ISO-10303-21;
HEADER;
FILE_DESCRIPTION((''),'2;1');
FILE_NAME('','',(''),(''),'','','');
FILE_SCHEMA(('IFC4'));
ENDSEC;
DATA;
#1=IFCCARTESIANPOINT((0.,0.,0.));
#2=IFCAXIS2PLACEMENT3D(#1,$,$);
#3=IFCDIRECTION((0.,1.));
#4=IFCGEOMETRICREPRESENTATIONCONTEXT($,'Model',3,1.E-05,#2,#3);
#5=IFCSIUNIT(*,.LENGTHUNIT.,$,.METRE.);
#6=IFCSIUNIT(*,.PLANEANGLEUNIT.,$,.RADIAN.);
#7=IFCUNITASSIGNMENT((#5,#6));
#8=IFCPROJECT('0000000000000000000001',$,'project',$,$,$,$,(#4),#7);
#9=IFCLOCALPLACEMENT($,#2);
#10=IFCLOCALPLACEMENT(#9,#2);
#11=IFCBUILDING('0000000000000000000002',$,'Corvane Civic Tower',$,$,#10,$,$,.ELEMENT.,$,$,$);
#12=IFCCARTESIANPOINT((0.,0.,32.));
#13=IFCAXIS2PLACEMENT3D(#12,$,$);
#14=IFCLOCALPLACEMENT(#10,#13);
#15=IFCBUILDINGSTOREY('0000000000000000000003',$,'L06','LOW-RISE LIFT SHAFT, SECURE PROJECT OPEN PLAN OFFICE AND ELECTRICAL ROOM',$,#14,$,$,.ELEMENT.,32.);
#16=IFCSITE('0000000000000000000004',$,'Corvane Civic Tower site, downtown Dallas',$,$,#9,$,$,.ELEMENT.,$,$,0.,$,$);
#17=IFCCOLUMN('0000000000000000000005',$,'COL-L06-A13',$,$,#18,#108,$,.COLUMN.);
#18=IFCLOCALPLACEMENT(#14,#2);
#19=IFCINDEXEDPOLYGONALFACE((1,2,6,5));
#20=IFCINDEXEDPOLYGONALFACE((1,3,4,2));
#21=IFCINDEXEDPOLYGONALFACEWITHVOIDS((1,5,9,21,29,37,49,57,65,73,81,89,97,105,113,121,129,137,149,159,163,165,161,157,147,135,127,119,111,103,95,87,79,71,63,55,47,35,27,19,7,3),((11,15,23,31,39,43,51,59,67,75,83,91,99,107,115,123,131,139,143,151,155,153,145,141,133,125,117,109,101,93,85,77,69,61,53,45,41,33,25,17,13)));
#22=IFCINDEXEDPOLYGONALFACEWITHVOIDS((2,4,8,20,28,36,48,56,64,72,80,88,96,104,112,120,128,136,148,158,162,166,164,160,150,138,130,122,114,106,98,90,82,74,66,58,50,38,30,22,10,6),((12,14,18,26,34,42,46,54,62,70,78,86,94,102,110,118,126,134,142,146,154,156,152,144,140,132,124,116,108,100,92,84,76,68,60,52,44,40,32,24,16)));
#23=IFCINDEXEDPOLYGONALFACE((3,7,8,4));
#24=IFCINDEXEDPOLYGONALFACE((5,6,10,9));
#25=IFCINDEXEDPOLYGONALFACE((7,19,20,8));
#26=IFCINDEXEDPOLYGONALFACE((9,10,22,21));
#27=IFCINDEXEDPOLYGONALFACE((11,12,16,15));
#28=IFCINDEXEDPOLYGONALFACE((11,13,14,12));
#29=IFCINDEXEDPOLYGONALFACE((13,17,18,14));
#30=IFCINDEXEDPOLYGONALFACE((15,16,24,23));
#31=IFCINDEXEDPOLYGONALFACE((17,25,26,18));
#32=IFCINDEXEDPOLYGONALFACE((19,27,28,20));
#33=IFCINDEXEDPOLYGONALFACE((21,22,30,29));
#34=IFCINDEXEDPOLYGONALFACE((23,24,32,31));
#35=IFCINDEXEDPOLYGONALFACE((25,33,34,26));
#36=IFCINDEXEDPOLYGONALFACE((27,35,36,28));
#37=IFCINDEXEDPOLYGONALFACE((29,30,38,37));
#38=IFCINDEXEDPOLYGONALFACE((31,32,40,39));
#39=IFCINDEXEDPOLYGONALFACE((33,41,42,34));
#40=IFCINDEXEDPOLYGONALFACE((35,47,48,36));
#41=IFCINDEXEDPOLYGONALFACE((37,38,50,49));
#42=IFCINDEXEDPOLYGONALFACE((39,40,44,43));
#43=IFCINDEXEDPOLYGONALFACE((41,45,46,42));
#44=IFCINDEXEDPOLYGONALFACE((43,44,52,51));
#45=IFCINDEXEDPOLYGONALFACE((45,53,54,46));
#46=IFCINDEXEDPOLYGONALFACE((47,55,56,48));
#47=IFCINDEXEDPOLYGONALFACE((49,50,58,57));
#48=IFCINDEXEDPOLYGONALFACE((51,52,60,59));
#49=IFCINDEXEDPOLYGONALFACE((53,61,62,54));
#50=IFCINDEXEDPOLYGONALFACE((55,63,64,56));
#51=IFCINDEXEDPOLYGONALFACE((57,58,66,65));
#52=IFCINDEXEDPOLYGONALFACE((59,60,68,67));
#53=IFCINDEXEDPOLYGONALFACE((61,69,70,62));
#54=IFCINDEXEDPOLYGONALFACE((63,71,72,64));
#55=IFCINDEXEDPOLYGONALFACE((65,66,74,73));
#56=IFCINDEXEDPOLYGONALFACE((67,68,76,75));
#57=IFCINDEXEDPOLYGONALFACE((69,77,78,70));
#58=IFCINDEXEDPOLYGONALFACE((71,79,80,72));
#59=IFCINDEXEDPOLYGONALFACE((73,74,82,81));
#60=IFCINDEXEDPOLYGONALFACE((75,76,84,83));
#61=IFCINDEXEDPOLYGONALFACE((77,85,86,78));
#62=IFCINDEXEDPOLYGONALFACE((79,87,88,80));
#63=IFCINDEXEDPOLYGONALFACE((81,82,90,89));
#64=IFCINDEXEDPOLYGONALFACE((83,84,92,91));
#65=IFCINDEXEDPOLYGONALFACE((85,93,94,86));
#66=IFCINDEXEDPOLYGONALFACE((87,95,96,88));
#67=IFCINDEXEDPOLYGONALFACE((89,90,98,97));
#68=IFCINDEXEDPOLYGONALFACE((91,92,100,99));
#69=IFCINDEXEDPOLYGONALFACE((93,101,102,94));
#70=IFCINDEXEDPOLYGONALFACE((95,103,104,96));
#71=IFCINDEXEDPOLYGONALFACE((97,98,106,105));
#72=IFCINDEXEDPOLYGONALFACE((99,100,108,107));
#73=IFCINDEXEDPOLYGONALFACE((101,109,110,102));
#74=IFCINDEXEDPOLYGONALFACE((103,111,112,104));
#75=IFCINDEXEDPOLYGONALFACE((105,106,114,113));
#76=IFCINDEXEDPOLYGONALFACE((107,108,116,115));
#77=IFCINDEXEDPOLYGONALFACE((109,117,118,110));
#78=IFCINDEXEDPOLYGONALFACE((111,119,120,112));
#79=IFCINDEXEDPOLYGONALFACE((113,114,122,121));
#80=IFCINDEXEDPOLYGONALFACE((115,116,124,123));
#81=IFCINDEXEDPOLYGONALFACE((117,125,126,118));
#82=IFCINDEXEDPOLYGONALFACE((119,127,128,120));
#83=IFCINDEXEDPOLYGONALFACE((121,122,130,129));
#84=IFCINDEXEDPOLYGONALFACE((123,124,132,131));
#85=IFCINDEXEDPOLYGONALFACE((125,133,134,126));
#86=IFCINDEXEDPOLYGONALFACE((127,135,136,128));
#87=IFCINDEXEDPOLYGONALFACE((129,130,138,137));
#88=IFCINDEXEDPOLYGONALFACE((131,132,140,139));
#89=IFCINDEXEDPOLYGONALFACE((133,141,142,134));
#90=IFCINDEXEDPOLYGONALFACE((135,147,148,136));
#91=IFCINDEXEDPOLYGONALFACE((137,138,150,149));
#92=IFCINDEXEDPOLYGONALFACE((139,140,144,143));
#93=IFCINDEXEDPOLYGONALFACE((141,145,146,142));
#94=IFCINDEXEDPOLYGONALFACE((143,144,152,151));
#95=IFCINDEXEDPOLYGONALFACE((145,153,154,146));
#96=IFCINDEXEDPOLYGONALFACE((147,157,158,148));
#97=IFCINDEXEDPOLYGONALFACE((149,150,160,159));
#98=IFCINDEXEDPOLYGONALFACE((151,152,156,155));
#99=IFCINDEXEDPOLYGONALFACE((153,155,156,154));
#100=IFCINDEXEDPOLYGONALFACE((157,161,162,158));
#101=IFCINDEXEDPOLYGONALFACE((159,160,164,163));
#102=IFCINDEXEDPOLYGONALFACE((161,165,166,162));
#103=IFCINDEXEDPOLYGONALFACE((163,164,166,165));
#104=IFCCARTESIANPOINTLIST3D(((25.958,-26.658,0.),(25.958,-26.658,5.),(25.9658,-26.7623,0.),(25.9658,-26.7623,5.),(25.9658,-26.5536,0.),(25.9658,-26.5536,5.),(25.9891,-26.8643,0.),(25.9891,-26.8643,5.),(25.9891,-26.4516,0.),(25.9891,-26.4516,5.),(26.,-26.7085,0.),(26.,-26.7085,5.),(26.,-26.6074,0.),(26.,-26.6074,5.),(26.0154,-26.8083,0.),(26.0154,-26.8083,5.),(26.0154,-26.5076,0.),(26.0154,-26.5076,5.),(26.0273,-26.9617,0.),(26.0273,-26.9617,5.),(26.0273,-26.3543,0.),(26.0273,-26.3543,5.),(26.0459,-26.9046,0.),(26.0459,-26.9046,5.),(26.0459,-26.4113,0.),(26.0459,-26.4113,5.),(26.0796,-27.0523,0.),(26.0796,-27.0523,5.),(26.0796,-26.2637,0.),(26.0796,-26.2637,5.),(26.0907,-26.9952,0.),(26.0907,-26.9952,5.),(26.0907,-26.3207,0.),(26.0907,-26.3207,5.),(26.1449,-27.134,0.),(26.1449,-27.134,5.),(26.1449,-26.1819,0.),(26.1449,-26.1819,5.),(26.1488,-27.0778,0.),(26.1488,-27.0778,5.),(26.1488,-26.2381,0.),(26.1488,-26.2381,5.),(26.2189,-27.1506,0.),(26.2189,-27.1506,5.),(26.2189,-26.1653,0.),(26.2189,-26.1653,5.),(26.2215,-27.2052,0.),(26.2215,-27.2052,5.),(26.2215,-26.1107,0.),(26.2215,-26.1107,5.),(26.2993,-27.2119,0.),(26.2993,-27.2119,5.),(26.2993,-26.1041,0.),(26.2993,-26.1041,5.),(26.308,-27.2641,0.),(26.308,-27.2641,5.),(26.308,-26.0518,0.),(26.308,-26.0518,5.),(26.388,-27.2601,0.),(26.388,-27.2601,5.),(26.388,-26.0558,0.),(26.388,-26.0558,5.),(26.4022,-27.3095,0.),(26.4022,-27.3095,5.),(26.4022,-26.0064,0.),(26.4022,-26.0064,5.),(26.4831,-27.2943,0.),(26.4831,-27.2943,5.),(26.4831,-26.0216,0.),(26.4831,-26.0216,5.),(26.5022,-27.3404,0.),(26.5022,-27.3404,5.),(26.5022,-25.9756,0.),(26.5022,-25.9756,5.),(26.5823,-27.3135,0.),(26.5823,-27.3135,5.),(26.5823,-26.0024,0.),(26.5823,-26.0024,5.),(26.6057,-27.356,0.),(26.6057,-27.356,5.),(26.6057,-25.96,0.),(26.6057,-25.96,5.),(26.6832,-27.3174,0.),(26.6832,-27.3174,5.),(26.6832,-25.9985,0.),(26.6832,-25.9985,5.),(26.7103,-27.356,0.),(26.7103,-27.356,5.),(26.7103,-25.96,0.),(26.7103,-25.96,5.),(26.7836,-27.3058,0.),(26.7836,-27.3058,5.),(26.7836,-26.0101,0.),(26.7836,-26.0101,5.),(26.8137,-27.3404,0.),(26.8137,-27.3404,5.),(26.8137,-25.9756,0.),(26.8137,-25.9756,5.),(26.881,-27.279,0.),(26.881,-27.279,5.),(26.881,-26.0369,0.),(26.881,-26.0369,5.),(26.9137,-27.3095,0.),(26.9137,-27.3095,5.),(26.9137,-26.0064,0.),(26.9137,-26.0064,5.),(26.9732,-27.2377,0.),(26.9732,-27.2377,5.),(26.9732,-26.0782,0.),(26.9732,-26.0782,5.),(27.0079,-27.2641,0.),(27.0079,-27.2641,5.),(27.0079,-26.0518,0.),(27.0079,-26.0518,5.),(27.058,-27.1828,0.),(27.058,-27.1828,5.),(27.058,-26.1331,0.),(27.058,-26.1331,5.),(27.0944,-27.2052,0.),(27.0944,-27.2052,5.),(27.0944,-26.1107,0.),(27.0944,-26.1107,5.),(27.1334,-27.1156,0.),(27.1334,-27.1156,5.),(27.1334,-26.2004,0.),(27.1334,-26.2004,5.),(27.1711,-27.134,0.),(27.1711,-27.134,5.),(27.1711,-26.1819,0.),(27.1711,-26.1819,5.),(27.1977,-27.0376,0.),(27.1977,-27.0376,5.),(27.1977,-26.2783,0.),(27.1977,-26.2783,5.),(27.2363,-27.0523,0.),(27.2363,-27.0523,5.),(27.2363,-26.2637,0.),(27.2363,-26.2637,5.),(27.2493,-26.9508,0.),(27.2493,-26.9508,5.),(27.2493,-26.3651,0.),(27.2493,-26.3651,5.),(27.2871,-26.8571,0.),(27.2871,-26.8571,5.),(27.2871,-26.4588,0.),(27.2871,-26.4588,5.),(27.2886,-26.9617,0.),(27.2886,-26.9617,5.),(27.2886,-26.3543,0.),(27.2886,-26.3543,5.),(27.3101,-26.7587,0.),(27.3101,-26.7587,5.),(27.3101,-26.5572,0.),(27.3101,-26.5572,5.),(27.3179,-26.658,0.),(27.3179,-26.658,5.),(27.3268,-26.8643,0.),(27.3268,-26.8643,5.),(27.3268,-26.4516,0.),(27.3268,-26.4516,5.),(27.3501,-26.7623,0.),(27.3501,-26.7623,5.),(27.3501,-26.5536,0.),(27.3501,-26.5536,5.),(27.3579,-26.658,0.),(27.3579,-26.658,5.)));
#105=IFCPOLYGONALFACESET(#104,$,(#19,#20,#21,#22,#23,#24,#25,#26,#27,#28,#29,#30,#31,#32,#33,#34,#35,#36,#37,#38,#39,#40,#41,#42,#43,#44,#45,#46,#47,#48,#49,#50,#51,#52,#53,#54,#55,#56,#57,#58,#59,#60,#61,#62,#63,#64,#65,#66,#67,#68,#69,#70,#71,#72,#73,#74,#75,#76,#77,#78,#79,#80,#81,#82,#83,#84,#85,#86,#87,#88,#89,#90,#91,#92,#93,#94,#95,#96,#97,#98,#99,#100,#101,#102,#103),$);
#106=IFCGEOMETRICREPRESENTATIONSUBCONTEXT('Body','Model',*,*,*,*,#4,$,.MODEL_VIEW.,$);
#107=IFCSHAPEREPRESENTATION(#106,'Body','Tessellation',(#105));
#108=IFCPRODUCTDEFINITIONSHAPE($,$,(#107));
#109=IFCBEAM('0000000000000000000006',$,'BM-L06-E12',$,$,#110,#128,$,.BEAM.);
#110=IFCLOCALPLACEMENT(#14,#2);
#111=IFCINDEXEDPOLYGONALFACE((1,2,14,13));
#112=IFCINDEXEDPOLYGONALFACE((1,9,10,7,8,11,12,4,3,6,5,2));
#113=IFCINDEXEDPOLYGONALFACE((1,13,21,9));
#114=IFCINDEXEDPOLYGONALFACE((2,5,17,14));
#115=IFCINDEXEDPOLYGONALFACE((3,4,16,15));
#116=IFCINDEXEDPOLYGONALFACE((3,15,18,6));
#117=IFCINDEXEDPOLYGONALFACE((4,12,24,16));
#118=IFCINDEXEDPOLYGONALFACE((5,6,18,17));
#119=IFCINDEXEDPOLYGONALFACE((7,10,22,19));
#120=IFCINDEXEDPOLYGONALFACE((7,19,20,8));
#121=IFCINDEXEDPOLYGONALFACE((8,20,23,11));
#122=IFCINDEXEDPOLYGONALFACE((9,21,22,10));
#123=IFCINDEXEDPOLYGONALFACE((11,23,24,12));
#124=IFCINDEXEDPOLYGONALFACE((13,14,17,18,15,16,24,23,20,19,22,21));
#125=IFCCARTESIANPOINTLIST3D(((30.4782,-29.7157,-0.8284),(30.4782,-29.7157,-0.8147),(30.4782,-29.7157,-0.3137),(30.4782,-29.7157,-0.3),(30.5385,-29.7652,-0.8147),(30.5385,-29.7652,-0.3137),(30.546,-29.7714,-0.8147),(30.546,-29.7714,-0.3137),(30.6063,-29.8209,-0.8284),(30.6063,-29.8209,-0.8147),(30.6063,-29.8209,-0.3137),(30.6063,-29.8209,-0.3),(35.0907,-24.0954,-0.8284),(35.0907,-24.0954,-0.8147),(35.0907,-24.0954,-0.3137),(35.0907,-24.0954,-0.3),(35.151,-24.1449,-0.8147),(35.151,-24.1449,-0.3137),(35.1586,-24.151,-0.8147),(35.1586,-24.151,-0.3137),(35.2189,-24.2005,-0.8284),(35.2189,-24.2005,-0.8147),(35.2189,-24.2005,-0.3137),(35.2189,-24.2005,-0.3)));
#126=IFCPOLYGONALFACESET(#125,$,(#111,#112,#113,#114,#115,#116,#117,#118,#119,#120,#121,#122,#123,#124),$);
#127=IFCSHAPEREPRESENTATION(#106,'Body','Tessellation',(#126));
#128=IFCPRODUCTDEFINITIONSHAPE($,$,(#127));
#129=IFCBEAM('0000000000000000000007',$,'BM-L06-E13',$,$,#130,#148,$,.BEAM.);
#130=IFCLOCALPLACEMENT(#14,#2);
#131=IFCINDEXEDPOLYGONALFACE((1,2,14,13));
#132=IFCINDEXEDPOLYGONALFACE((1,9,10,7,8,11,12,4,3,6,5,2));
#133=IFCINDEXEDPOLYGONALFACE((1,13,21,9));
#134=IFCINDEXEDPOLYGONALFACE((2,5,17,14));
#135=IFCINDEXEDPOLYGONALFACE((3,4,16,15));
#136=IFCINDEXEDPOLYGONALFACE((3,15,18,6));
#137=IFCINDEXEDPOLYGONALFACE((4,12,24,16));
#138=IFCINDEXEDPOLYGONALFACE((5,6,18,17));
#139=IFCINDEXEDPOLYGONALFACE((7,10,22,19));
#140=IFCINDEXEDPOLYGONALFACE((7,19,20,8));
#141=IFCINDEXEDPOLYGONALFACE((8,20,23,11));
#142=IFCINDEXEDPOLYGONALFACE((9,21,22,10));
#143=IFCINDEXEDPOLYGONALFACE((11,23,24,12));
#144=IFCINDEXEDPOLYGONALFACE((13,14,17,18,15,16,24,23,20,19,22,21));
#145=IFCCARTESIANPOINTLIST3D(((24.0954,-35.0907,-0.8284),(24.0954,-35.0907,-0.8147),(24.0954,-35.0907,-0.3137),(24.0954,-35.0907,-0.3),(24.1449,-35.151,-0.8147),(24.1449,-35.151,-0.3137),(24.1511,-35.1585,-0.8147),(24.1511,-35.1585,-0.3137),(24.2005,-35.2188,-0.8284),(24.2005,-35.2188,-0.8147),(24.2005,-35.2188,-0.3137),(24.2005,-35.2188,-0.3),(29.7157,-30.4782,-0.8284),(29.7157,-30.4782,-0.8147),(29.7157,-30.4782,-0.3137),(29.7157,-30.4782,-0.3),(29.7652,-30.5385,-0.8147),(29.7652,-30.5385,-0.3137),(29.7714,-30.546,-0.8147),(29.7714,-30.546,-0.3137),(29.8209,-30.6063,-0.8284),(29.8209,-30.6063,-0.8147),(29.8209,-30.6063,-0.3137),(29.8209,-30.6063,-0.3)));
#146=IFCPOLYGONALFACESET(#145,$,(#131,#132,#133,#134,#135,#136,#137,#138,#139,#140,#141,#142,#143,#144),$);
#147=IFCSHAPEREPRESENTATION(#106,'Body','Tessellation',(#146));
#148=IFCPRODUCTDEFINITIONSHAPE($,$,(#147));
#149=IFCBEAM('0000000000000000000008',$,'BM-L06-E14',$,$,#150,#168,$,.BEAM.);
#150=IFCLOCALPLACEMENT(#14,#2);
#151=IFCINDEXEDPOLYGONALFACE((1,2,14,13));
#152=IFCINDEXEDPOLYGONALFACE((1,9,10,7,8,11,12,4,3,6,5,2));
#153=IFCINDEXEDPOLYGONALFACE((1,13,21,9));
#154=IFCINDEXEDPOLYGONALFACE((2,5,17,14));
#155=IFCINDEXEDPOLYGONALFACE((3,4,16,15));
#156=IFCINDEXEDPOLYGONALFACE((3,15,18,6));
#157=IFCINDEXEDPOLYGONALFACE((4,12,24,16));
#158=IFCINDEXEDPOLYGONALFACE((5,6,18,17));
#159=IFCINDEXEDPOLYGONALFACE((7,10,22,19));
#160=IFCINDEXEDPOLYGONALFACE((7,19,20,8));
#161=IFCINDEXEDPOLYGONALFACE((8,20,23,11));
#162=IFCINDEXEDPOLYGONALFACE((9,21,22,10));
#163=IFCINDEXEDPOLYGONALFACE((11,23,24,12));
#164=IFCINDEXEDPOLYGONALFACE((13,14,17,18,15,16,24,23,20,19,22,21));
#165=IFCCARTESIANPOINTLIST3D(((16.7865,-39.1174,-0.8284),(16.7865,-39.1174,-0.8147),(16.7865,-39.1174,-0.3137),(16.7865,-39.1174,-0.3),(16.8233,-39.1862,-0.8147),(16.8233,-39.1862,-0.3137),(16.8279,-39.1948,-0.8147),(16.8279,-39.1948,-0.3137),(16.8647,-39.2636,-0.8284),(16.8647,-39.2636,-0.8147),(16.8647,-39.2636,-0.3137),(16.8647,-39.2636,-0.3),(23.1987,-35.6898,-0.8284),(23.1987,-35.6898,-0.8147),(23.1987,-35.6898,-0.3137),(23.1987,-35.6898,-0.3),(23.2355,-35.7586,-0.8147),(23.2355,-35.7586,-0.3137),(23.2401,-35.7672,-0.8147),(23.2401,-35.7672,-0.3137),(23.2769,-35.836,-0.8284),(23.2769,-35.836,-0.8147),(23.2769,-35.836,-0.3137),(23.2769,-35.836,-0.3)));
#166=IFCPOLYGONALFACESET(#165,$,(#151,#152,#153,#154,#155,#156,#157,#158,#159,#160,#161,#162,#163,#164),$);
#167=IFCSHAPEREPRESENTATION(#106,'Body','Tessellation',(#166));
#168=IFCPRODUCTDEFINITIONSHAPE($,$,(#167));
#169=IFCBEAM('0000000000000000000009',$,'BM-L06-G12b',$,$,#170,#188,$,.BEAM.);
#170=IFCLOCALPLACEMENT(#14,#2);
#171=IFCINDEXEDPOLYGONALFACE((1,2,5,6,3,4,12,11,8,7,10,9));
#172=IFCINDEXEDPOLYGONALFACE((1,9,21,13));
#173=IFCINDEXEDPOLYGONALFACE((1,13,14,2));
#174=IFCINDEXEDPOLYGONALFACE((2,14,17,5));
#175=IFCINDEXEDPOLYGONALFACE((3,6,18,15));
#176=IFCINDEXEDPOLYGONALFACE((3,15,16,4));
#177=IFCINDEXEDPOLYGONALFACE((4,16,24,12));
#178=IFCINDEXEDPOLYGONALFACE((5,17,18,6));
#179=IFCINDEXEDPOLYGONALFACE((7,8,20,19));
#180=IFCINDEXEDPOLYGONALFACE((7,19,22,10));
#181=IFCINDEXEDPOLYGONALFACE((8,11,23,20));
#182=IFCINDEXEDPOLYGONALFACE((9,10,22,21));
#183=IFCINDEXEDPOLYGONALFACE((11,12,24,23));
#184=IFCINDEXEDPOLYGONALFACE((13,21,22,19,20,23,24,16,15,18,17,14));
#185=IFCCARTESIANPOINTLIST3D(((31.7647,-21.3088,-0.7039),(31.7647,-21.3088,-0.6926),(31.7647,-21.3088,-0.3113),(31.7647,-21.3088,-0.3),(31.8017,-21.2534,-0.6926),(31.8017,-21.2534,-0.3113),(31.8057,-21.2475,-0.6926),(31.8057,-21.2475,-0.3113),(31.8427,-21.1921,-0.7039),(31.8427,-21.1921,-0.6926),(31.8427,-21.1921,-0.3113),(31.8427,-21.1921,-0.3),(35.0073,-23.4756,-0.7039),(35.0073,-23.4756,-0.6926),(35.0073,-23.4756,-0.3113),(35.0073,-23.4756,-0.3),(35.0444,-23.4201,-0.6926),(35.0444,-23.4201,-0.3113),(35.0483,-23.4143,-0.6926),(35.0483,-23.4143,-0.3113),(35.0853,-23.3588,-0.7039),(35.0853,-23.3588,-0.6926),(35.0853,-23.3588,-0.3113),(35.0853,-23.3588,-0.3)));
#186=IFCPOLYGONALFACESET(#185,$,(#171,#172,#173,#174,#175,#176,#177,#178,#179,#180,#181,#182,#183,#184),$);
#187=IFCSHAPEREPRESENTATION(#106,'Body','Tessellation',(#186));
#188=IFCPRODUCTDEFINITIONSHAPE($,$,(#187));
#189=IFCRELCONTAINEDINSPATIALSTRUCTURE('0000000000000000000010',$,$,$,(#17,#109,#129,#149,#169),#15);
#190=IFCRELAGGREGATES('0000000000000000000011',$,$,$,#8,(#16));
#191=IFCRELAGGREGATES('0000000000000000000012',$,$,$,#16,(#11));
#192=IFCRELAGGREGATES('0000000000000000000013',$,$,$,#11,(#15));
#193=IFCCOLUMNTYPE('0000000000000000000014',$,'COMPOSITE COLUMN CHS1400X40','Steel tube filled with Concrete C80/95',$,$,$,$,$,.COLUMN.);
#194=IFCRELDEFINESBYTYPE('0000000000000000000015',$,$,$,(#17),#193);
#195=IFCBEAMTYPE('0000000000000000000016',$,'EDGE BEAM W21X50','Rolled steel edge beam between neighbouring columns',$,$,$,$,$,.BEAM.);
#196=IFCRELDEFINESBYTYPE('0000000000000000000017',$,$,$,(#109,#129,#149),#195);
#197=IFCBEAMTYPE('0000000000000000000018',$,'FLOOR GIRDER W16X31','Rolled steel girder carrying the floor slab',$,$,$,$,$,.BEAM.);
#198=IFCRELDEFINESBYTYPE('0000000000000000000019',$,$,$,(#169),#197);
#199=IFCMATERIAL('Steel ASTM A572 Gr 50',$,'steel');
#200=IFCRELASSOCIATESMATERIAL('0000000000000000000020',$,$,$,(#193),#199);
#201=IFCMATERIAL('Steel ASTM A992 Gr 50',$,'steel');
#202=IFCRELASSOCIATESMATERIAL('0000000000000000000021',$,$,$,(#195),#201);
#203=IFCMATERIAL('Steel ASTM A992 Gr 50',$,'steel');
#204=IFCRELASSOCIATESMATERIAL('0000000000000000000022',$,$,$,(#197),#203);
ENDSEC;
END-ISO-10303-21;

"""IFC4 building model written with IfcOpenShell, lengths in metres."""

from ifc_helpers import new_model, si_unit, direction, frame, origin, origin_2d, place, context, subcontext, project, spatial, hollow_circle, i_section, extrude, material, material_profile, profile_set, type_object, element, save


model = new_model("IFC4")

# Units and contexts
model_context = context("Model", 3, precision=1e-05, world=origin(), true_north=direction((0.0, 1.0)))
body_context = subcontext(model_context, "Body", "Model", "MODEL_VIEW")
ifc_project = project(units=[si_unit("LENGTHUNIT", "METRE"), si_unit("PLANEANGLEUNIT", "RADIAN")], contexts=[model_context])

# Site, building, storey
site_placement = place(None, origin())
site = spatial("IfcSite", under=ifc_project, at=site_placement, Name="Corvane Civic Tower site, downtown Dallas", CompositionType="ELEMENT", RefElevation=0.0)
building_placement = place(site_placement, origin())
building = spatial("IfcBuilding", under=site, at=building_placement, Name="Corvane Civic Tower", CompositionType="ELEMENT")
storey_placement = place(building_placement, frame((0.0, 0.0, 32.0)))
storey = spatial("IfcBuildingStorey", under=building, at=storey_placement, Name="L06", Description="LOW-RISE LIFT SHAFT, SECURE PROJECT OPEN PLAN OFFICE AND ELECTRICAL ROOM", CompositionType="ELEMENT", Elevation=32.0)

# Column
ifc_material_1 = material(Name="Steel ASTM A572 Gr 50", Category="steel")
ifc_material_profile_1 = material_profile(ifc_material_1, hollow_circle(Radius=0.7, WallThickness=0.04, at=origin_2d()), Name="CHS1400X40")
ifc_profile_set_1 = profile_set([ifc_material_profile_1], Name="Steel ASTM A572 Gr 50")
column_type_1 = type_object("IfcColumnType", Name="COMPOSITE COLUMN CHS1400X40", Description="Steel tube filled with Concrete C80/95", PredefinedType="COLUMN", material=ifc_profile_set_1)
for number, where, z_axis, x_axis, name in (
    (1, (26.658, -26.658, 0.0), (0.0, 0.0, 1.0), (1.0, 0.0, 0.0), "COL-L06-A13"),
):
    element("IfcColumn", number, at=place(storey_placement, frame(where, z_axis=z_axis, x_axis=x_axis)), inside=storey, type_object=column_type_1, Name=name, PredefinedType="COLUMN", context=body_context, shape_type="SweptSolid", body=[
        extrude(hollow_circle(Radius=0.7, WallThickness=0.04, at=origin_2d()), origin(), (0.0, 0.0, 1.0), 5.0),
    ])

# Beams
ifc_material_2 = material(Name="Steel ASTM A992 Gr 50", Category="steel")
ifc_material_profile_2 = material_profile(ifc_material_2, i_section(OverallWidth=0.1658, OverallDepth=0.5283, WebThickness=0.0098, FlangeThickness=0.0137, at=origin_2d()), Name="W21X50")
ifc_profile_set_2 = profile_set([ifc_material_profile_2], Name="Steel ASTM A992 Gr 50")
beam_type_1 = type_object("IfcBeamType", Name="EDGE BEAM W21X50", Description="Rolled steel edge beam between neighbouring columns", PredefinedType="BEAM", material=ifc_profile_set_2)
for number, where, z_axis, x_axis, name in (
    (2, (35.1548, -24.1479, -0.5642), (-0.634396, -0.773008, 0.0), (0.773008, -0.634396, 0.0), "BM-L06-E12"),
    (3, (29.7683, -30.5422, -0.5642), (-0.773008, -0.634396, 0.0), (0.634396, -0.773008, 0.0), "BM-L06-E13"),
    (4, (23.2378, -35.7629, -0.5642), (-0.881913, -0.471412, 0.0), (0.471412, -0.881913, 0.0), "BM-L06-E14"),
):
    element("IfcBeam", number, at=place(storey_placement, frame(where, z_axis=z_axis, x_axis=x_axis)), inside=storey, type_object=beam_type_1, Name=name, PredefinedType="BEAM", context=body_context, shape_type="SweptSolid", body=[
        extrude(i_section(OverallWidth=0.1658, OverallDepth=0.5283, WebThickness=0.0098, FlangeThickness=0.0137, at=origin_2d()), origin(), (0.0, 0.0, 1.0), 7.2708),
    ])
ifc_material_3 = material(Name="Steel ASTM A992 Gr 50", Category="steel")
ifc_material_profile_3 = material_profile(ifc_material_3, i_section(OverallWidth=0.1404, OverallDepth=0.4038, WebThickness=0.0071, FlangeThickness=0.0112, at=origin_2d()), Name="W16X31")
ifc_profile_set_3 = profile_set([ifc_material_profile_3], Name="Steel ASTM A992 Gr 50")
beam_type_2 = type_object("IfcBeamType", Name="FLOOR GIRDER W16X31", Description="Rolled steel girder carrying the floor slab", PredefinedType="BEAM", material=ifc_profile_set_3)
for number, where, z_axis, x_axis, name in (
    (5, (31.8037, -21.2505, -0.502), (0.831462, -0.555581, 0.0), (0.555581, 0.831462, 0.0), "BM-L06-G12b"),
):
    element("IfcBeam", number, at=place(storey_placement, frame(where, z_axis=z_axis, x_axis=x_axis)), inside=storey, type_object=beam_type_2, Name=name, PredefinedType="BEAM", context=body_context, shape_type="SweptSolid", body=[
        extrude(i_section(OverallWidth=0.1404, OverallDepth=0.4038, WebThickness=0.0071, FlangeThickness=0.0112, at=origin_2d()), origin(), (0.0, 0.0, 1.0), 3.8999),
    ])

save(model, "model.ifc")
